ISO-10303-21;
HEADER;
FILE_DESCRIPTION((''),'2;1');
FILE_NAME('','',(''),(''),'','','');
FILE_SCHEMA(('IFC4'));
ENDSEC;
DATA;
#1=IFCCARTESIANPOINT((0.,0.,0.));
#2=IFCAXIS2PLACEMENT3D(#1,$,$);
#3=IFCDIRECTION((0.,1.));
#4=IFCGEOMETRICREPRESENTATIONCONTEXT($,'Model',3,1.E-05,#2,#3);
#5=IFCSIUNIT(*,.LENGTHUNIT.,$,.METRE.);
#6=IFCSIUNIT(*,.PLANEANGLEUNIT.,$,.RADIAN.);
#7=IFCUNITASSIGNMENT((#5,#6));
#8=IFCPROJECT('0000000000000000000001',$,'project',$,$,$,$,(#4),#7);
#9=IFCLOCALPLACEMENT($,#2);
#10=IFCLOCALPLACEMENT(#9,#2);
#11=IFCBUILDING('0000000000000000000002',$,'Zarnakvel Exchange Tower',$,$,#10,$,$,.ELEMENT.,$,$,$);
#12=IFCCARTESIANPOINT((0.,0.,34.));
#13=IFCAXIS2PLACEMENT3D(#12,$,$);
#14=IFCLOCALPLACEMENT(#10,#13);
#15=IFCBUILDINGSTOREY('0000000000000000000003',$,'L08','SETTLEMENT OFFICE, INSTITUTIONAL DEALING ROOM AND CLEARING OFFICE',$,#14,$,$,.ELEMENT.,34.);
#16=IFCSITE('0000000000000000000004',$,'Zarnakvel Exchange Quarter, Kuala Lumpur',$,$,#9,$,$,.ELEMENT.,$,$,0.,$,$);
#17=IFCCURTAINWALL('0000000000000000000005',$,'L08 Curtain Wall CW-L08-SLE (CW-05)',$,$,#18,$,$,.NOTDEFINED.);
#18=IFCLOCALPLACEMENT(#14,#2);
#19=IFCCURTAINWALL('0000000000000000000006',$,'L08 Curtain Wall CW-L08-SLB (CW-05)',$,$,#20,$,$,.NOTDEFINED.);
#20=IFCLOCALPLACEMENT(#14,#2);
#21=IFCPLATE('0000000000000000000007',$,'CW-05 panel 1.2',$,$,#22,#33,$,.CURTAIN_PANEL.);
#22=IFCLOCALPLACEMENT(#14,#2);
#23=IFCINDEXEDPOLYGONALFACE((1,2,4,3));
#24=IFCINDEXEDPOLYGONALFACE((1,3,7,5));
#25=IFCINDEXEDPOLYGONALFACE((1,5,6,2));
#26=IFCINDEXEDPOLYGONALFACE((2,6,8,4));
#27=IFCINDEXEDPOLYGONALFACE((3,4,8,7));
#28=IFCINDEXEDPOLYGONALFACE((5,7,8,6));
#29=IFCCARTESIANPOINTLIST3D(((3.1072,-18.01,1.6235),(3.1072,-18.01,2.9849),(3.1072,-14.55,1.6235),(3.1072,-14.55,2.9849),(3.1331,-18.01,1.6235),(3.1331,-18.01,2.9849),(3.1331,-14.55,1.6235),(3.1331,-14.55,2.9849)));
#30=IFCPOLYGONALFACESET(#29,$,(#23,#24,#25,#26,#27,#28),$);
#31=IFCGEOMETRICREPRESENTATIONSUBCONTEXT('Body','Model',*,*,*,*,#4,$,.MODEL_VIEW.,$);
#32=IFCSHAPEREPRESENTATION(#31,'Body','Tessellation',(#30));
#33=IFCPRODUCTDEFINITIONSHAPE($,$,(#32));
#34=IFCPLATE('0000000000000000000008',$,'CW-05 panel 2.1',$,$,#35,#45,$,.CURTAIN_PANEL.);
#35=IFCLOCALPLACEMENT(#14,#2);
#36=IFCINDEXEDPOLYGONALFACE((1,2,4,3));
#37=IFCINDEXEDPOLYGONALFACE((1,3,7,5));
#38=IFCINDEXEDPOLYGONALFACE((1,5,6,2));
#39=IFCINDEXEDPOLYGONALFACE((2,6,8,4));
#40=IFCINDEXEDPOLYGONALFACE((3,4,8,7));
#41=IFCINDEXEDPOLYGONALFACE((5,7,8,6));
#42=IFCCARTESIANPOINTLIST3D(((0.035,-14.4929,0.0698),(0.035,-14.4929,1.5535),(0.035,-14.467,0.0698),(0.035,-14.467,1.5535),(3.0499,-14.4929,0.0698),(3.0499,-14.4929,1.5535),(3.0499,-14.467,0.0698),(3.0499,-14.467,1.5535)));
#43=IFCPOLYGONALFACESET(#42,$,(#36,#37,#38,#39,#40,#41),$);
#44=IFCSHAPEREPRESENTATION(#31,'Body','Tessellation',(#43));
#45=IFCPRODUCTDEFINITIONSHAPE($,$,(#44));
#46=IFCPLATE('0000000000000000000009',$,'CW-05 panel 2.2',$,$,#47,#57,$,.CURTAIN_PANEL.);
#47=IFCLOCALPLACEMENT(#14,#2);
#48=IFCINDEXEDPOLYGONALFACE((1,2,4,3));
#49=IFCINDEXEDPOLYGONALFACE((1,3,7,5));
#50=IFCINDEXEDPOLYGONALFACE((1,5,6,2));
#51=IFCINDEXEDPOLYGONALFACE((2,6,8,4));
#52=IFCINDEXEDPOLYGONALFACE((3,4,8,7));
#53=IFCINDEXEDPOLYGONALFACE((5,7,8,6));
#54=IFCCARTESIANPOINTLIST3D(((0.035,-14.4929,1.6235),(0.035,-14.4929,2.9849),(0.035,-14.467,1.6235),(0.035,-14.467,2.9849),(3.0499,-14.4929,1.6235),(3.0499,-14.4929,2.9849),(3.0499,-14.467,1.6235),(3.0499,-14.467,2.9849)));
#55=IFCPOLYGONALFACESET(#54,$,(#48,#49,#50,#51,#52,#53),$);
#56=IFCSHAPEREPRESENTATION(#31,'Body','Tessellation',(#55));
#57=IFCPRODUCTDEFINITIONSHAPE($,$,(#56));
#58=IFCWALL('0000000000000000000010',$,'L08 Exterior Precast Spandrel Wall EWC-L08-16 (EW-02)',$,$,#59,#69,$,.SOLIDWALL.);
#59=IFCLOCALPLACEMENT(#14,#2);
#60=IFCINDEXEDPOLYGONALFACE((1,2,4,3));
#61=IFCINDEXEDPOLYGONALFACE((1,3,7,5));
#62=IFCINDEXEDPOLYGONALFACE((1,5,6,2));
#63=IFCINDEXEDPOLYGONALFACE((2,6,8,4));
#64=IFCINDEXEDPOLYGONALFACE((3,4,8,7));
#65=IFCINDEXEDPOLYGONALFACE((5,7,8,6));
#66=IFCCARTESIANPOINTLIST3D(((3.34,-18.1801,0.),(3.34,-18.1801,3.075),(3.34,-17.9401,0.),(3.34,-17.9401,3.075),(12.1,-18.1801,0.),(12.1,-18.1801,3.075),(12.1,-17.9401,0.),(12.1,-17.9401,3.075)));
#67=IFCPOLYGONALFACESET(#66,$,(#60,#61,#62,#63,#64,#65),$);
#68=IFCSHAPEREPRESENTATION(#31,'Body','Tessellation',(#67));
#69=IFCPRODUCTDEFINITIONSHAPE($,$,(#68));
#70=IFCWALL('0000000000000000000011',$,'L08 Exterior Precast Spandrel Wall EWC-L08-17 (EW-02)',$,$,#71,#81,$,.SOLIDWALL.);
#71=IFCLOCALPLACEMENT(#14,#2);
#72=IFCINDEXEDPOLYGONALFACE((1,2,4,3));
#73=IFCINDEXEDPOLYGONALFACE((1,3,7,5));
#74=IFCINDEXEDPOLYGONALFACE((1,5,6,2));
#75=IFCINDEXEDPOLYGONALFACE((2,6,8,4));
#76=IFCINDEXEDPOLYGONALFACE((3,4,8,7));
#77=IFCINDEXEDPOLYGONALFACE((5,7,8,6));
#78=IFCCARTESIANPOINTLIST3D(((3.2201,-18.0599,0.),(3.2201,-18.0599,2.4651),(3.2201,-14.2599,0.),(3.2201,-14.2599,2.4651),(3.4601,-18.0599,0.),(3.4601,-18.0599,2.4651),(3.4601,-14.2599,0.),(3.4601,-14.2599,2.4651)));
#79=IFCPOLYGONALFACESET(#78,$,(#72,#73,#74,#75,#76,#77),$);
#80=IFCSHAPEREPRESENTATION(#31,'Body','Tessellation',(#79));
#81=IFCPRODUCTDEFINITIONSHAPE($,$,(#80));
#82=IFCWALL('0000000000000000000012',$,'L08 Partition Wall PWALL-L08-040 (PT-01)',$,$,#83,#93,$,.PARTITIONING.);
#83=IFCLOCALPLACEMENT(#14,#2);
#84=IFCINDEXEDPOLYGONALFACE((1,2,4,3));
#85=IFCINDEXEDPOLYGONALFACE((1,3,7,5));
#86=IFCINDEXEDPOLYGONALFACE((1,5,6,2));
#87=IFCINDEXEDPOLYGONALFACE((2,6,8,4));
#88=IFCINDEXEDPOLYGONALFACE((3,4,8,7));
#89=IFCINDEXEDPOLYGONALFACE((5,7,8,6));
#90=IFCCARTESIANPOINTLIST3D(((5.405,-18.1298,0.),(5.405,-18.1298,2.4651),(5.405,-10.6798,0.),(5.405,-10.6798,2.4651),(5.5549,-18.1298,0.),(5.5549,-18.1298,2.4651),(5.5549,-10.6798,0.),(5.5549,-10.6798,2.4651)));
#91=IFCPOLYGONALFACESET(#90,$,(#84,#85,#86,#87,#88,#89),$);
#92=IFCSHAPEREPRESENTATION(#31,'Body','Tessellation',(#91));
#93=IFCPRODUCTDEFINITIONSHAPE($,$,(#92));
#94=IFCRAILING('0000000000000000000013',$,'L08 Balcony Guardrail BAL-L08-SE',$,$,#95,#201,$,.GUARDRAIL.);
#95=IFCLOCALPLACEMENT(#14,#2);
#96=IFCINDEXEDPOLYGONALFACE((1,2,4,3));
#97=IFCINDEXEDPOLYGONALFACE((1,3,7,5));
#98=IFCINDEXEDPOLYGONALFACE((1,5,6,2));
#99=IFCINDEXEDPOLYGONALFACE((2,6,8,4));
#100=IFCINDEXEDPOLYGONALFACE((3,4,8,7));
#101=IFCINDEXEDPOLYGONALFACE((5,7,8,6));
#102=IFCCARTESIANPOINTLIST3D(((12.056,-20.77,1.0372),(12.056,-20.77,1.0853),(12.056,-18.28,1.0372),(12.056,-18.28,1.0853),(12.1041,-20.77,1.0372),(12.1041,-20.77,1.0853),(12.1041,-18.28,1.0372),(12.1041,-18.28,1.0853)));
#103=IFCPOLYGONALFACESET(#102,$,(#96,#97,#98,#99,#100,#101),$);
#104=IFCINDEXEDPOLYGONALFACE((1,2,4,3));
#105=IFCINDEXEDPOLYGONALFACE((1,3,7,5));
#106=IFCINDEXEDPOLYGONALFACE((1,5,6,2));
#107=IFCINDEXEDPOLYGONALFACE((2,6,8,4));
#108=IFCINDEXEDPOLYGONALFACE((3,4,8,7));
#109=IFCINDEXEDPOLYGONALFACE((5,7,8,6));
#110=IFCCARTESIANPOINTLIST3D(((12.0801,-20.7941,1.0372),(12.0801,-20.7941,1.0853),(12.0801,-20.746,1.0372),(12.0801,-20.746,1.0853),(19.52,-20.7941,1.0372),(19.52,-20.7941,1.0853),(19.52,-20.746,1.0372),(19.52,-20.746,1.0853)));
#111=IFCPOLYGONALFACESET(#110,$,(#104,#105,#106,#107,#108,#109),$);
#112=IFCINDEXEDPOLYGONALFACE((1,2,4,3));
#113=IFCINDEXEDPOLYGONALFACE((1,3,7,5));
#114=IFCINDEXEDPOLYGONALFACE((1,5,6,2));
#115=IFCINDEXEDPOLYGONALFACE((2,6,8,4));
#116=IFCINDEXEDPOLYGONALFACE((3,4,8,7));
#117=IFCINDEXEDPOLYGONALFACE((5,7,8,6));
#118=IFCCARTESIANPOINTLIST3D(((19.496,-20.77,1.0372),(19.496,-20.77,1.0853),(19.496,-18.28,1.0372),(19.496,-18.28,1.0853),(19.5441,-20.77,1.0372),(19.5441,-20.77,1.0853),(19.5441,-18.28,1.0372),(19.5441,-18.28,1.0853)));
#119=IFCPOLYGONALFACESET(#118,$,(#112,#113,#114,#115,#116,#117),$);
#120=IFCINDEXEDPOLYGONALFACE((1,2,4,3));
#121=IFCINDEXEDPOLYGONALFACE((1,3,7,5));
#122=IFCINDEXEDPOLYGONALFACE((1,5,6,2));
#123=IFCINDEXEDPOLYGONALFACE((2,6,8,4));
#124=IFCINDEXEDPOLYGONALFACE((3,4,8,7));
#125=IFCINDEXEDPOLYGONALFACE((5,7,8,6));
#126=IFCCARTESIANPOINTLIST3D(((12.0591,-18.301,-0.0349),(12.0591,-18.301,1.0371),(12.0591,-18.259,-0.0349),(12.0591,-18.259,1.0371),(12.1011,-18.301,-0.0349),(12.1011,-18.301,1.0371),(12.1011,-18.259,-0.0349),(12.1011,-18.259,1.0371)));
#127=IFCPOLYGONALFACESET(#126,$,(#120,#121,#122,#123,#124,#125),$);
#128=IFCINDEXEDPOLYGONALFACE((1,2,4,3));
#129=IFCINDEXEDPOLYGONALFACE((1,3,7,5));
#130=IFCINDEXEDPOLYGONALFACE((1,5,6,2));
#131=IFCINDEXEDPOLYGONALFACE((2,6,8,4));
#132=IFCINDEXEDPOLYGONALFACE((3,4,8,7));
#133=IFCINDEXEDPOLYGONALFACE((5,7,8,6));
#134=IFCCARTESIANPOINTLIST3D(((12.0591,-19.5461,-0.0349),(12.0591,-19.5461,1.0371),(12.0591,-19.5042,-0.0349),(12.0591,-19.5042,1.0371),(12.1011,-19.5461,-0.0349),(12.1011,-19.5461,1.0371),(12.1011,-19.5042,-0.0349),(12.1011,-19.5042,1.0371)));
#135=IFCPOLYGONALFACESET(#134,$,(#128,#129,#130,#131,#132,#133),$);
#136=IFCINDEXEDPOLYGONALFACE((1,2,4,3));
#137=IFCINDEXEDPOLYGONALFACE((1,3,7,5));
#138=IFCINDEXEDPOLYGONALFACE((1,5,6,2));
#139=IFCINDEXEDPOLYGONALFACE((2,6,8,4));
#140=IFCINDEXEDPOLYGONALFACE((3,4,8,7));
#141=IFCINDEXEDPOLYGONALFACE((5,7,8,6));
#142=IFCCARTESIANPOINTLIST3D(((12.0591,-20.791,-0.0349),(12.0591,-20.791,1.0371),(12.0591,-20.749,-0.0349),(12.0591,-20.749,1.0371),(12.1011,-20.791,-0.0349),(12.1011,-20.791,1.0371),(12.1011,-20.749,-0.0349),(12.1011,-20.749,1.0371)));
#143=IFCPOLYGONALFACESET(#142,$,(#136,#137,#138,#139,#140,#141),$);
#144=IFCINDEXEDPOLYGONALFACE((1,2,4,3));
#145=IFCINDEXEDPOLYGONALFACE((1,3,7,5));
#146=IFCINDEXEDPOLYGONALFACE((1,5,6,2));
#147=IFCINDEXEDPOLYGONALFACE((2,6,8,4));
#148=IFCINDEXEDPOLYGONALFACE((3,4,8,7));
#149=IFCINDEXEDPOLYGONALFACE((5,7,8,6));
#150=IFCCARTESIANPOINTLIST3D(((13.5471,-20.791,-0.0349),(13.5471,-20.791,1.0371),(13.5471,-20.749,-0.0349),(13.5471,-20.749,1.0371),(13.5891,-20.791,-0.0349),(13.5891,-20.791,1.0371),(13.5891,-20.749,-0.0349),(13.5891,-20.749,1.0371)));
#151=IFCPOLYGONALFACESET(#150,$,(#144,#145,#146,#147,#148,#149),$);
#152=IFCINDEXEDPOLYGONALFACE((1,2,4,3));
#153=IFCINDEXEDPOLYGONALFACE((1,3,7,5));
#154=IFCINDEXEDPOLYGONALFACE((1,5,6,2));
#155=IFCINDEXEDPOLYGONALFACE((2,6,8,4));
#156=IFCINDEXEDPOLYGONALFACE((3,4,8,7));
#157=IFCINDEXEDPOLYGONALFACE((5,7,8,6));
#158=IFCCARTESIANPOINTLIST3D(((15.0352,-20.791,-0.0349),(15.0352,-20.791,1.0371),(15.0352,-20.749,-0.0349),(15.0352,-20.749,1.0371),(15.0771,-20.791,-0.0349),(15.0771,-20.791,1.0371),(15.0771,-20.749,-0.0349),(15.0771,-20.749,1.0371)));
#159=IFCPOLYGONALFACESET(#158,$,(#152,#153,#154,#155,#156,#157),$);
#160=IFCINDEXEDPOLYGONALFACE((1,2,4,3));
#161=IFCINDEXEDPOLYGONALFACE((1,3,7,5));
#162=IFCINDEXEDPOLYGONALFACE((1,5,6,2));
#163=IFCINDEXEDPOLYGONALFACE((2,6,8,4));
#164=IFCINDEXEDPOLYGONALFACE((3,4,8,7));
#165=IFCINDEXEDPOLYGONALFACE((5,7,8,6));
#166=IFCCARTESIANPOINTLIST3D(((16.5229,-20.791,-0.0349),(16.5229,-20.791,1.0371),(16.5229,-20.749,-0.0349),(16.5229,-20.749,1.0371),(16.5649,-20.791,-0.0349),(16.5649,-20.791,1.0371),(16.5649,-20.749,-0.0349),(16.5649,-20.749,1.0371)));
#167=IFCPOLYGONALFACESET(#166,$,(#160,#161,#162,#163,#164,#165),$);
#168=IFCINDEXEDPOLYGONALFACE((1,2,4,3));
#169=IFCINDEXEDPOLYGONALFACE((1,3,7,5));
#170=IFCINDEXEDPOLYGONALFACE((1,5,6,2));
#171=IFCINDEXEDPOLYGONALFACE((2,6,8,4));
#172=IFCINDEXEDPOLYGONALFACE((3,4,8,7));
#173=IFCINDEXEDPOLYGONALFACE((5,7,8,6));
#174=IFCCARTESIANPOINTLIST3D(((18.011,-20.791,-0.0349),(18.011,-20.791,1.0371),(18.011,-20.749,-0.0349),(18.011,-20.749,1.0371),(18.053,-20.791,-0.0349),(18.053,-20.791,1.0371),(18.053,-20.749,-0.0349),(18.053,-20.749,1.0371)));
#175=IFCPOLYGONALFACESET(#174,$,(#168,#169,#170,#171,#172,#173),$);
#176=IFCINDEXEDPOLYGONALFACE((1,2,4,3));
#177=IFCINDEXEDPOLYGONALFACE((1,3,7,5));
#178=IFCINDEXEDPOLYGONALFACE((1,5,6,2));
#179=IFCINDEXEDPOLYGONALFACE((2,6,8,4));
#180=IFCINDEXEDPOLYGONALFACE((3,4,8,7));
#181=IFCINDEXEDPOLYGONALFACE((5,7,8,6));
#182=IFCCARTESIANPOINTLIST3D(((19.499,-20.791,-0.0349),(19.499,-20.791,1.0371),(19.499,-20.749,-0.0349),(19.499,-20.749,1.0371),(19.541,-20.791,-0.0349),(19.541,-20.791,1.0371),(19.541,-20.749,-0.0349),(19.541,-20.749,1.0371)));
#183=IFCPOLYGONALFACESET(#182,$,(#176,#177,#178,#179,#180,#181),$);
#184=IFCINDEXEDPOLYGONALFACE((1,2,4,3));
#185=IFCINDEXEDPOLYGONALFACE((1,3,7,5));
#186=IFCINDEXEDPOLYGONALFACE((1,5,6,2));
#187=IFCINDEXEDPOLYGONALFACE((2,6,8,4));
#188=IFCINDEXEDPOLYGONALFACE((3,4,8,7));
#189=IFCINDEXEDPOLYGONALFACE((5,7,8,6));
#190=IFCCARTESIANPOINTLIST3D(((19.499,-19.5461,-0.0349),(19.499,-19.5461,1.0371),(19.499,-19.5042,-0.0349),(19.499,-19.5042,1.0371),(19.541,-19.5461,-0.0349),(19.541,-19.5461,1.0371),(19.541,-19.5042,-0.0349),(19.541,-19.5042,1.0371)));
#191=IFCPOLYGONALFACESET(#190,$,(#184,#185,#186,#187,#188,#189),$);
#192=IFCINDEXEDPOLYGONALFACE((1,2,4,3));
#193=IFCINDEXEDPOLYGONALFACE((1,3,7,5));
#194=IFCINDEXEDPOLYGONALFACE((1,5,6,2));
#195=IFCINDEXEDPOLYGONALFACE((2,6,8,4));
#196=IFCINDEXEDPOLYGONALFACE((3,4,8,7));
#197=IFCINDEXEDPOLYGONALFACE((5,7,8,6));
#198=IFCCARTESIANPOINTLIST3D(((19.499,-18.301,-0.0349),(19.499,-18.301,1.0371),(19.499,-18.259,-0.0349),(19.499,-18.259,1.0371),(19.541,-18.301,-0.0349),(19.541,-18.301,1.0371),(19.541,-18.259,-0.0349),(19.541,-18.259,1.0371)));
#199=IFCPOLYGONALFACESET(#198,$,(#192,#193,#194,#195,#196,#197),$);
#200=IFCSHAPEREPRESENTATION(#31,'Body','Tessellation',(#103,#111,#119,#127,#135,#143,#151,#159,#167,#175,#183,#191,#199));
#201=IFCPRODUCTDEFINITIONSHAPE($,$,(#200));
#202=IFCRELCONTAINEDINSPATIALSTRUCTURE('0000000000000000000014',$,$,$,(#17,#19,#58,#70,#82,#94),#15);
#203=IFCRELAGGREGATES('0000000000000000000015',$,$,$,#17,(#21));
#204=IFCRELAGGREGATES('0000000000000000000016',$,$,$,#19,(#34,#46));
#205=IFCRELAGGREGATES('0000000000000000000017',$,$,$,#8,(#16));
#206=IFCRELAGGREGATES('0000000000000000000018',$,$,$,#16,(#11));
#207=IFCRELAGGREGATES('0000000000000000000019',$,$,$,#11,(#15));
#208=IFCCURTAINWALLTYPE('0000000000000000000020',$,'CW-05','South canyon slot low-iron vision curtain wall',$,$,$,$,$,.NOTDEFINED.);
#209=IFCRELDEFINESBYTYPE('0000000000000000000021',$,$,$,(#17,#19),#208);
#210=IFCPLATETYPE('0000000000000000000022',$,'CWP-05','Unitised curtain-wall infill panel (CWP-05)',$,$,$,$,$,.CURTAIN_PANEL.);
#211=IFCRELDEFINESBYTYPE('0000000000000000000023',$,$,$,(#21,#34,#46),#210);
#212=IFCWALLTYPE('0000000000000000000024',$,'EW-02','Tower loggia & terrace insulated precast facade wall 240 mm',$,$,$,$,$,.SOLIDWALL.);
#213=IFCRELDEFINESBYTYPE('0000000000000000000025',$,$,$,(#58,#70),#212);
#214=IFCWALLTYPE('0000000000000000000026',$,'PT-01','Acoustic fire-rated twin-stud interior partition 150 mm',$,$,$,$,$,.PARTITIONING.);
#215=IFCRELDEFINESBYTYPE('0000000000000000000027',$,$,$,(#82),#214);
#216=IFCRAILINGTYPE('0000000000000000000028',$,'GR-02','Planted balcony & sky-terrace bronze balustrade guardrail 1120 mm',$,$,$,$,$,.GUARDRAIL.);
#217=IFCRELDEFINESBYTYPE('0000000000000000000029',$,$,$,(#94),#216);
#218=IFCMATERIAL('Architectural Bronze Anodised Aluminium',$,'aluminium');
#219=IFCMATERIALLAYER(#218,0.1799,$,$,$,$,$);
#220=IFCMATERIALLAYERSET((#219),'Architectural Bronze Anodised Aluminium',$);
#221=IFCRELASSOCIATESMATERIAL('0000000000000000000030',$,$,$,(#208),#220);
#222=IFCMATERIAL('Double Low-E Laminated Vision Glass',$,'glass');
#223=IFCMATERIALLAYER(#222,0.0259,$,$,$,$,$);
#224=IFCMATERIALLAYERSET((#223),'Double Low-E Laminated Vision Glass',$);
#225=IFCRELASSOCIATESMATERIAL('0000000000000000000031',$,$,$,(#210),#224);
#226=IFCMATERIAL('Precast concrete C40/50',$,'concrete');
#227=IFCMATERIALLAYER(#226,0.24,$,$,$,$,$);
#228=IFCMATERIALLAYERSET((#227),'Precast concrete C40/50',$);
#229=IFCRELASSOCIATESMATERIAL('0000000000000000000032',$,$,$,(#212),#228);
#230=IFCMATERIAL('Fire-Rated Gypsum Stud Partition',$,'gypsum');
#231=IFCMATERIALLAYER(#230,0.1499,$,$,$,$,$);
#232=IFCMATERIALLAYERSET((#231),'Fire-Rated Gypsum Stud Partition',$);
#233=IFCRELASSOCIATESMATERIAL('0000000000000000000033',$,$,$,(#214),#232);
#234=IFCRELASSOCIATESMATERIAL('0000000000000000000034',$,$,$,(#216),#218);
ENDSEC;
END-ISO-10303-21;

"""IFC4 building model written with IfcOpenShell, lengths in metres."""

from ifc_helpers import new_model, si_unit, direction, frame, frame_2d, origin, origin_2d, place, context, subcontext, project, spatial, rectangle, extrude, source, transform, mapped, material, layer, layer_set, type_object, element, aggregate, save


model = new_model("IFC4")

# Units and contexts
model_context = context("Model", 3, precision=1e-05, world=origin(), true_north=direction((0.0, 1.0)))
body_context = subcontext(model_context, "Body", "Model", "MODEL_VIEW")
ifc_project = project(units=[si_unit("LENGTHUNIT", "METRE"), si_unit("PLANEANGLEUNIT", "RADIAN")], contexts=[model_context])

# Site, building, storey
site_placement = place(None, origin())
site = spatial("IfcSite", under=ifc_project, at=site_placement, Name="Zarnakvel Exchange Quarter, Kuala Lumpur", CompositionType="ELEMENT", RefElevation=0.0)
building_placement = place(site_placement, origin())
building = spatial("IfcBuilding", under=site, at=building_placement, Name="Zarnakvel Exchange Tower", CompositionType="ELEMENT")
storey_placement = place(building_placement, frame((0.0, 0.0, 34.0)))
storey = spatial("IfcBuildingStorey", under=building, at=storey_placement, Name="L08", Description="SETTLEMENT OFFICE, INSTITUTIONAL DEALING ROOM AND CLEARING OFFICE", CompositionType="ELEMENT", Elevation=34.0)

# Curtain walls
ifc_material_1 = material(Name="Architectural Bronze Anodised Aluminium", Category="aluminium")
ifc_layer_1 = layer(ifc_material_1, 0.1799)
ifc_layer_set_1 = layer_set([ifc_layer_1], Name="Architectural Bronze Anodised Aluminium")
curtain_wall_type = type_object("IfcCurtainWallType", Name="CW-05", Description="South canyon slot low-iron vision curtain wall", PredefinedType="NOTDEFINED", material=ifc_layer_set_1)
curtain_wall_1_placement = place(storey_placement, origin())
curtain_wall_1 = element("IfcCurtainWall", 1, at=curtain_wall_1_placement, inside=storey, type_object=curtain_wall_type, Name="L08 Curtain Wall CW-L08-SLE (CW-05)", PredefinedType="NOTDEFINED")
curtain_wall_2_placement = place(storey_placement, origin())
curtain_wall_2 = element("IfcCurtainWall", 2, at=curtain_wall_2_placement, inside=storey, type_object=curtain_wall_type, Name="L08 Curtain Wall CW-L08-SLB (CW-05)", PredefinedType="NOTDEFINED")

# Plates
ifc_material_2 = material(Name="Double Low-E Laminated Vision Glass", Category="glass")
ifc_layer_2 = layer(ifc_material_2, 0.0259)
ifc_layer_set_2 = layer_set([ifc_layer_2], Name="Double Low-E Laminated Vision Glass")
plate_type = type_object("IfcPlateType", Name="CWP-05", Description="Unitised curtain-wall infill panel (CWP-05)", PredefinedType="CURTAIN_PANEL", material=ifc_layer_set_2)
shared_shape_1 = source(origin(), body_context, "Body", "SweptSolid", [
    extrude(rectangle(XDim=3.46, YDim=0.0259, at=origin_2d()), origin(), (0.0, 0.0, 1.0), 1.3613),
])
plate_1_placement = place(storey_placement, frame((3.1201, -16.28, 1.6235), z_axis=(0.0, 0.0, 1.0), x_axis=(0.0, -1.0, 0.0)))
plate_1 = element("IfcPlate", 3, at=plate_1_placement, type_object=plate_type, Name="CW-05 panel 1.2", PredefinedType="CURTAIN_PANEL", context=body_context, shape_type="MappedRepresentation", body=[
    mapped(shared_shape_1, transform((0.0, 0.0, 0.0), x_axis=(1.0, 0.0, 0.0), y_axis=(0.0, 1.0, 0.0), z_axis=(0.0, 0.0, 1.0), scale=1.0)),
])
aggregate(curtain_wall_1, [plate_1])
shared_shape_2 = source(origin(), body_context, "Body", "SweptSolid", [
    extrude(rectangle(XDim=3.0149, YDim=0.0259, at=origin_2d()), origin(), (0.0, 0.0, 1.0), 1.4836),
])
plate_2_placement = place(storey_placement, frame((1.5425, -14.48, 0.0698), z_axis=(0.0, 0.0, 1.0), x_axis=(1.0, 0.0, 0.0)))
plate_2 = element("IfcPlate", 4, at=plate_2_placement, type_object=plate_type, Name="CW-05 panel 2.1", PredefinedType="CURTAIN_PANEL", context=body_context, shape_type="MappedRepresentation", body=[
    mapped(shared_shape_2, transform((0.0, 0.0, 0.0), x_axis=(1.0, 0.0, 0.0), y_axis=(0.0, 1.0, 0.0), z_axis=(0.0, 0.0, 1.0), scale=1.0)),
])
shared_shape_3 = source(origin(), body_context, "Body", "SweptSolid", [
    extrude(rectangle(XDim=3.0149, YDim=0.0259, at=origin_2d()), origin(), (0.0, 0.0, 1.0), 1.3613),
])
plate_3_placement = place(storey_placement, frame((1.5425, -14.48, 1.6235), z_axis=(0.0, 0.0, 1.0), x_axis=(1.0, 0.0, 0.0)))
plate_3 = element("IfcPlate", 5, at=plate_3_placement, type_object=plate_type, Name="CW-05 panel 2.2", PredefinedType="CURTAIN_PANEL", context=body_context, shape_type="MappedRepresentation", body=[
    mapped(shared_shape_3, transform((0.0, 0.0, 0.0), x_axis=(1.0, 0.0, 0.0), y_axis=(0.0, 1.0, 0.0), z_axis=(0.0, 0.0, 1.0), scale=1.0)),
])
aggregate(curtain_wall_2, [plate_2, plate_3])

# Walls
ifc_material_3 = material(Name="Precast concrete C40/50", Category="concrete")
ifc_layer_3 = layer(ifc_material_3, 0.24)
ifc_layer_set_3 = layer_set([ifc_layer_3], Name="Precast concrete C40/50")
wall_type_1 = type_object("IfcWallType", Name="EW-02", Description="Tower loggia & terrace insulated precast facade wall 240 mm", PredefinedType="SOLIDWALL", material=ifc_layer_set_3)
wall_1_placement = place(storey_placement, frame((3.3401, -18.0601, 0.0), z_axis=(0.0, 0.0, 1.0), x_axis=(1.0, 0.0, 0.0)))
element("IfcWall", 6, at=wall_1_placement, inside=storey, type_object=wall_type_1, Name="L08 Exterior Precast Spandrel Wall EWC-L08-16 (EW-02)", PredefinedType="SOLIDWALL", context=body_context, shape_type="SweptSolid", body=[
    extrude(rectangle(XDim=8.76, YDim=0.24, at=frame_2d((4.3799, 0.0))), origin(), (0.0, 0.0, 1.0), 3.075),
])
wall_2_placement = place(storey_placement, frame((3.3401, -14.26, 0.0), z_axis=(0.0, 0.0, 1.0), x_axis=(0.0, -1.0, 0.0)))
element("IfcWall", 7, at=wall_2_placement, inside=storey, type_object=wall_type_1, Name="L08 Exterior Precast Spandrel Wall EWC-L08-17 (EW-02)", PredefinedType="SOLIDWALL", context=body_context, shape_type="SweptSolid", body=[
    extrude(rectangle(XDim=3.8, YDim=0.24, at=frame_2d((1.8999, 0.0))), origin(), (0.0, 0.0, 1.0), 2.4651),
])
ifc_material_4 = material(Name="Fire-Rated Gypsum Stud Partition", Category="gypsum")
ifc_layer_4 = layer(ifc_material_4, 0.1499)
ifc_layer_set_4 = layer_set([ifc_layer_4], Name="Fire-Rated Gypsum Stud Partition")
wall_type_2 = type_object("IfcWallType", Name="PT-01", Description="Acoustic fire-rated twin-stud interior partition 150 mm", PredefinedType="PARTITIONING", material=ifc_layer_set_4)
wall_3_placement = place(storey_placement, frame((5.48, -18.1299, 0.0), z_axis=(0.0, 0.0, 1.0), x_axis=(0.0, 1.0, 0.0)))
element("IfcWall", 8, at=wall_3_placement, inside=storey, type_object=wall_type_2, Name="L08 Partition Wall PWALL-L08-040 (PT-01)", PredefinedType="PARTITIONING", context=body_context, shape_type="SweptSolid", body=[
    extrude(rectangle(XDim=7.45, YDim=0.1499, at=frame_2d((3.7251, 0.0))), origin(), (0.0, 0.0, 1.0), 2.4651),
])

# Railing
railing_type = type_object("IfcRailingType", Name="GR-02", Description="Planted balcony & sky-terrace bronze balustrade guardrail 1120 mm", PredefinedType="GUARDRAIL", material=ifc_material_1)
railing_placement = place(storey_placement, frame((12.0801, -18.28, -0.0349)))
element("IfcRailing", 9, at=railing_placement, inside=storey, type_object=railing_type, Name="L08 Balcony Guardrail BAL-L08-SE", PredefinedType="GUARDRAIL", context=body_context, shape_type="SweptSolid", body=[
    extrude(rectangle(XDim=0.0481, YDim=0.0481, at=origin_2d()), frame((0.0, 0.0, 1.0962), z_axis=(0.0, -1.0, 0.0), x_axis=(1.0, 0.0, 0.0)), (0.0, 0.0, 1.0), 2.49),
    extrude(rectangle(XDim=0.0481, YDim=0.0481, at=origin_2d()), frame((0.0, -2.49, 1.0962), z_axis=(1.0, 0.0, 0.0), x_axis=(0.0, 1.0, 0.0)), (0.0, 0.0, 1.0), 7.4399),
    extrude(rectangle(XDim=0.0481, YDim=0.0481, at=origin_2d()), frame((7.4399, -2.49, 1.0962), z_axis=(0.0, 1.0, 0.0), x_axis=(-1.0, 0.0, 0.0)), (0.0, 0.0, 1.0), 2.49),
    extrude(rectangle(XDim=0.042, YDim=0.042, at=origin_2d()), origin(), (0.0, 0.0, 1.0), 1.072),
    extrude(rectangle(XDim=0.042, YDim=0.042, at=origin_2d()), frame((0.0, -1.2451, 0.0)), (0.0, 0.0, 1.0), 1.072),
    extrude(rectangle(XDim=0.042, YDim=0.042, at=origin_2d()), frame((0.0, -2.49, 0.0)), (0.0, 0.0, 1.0), 1.072),
    extrude(rectangle(XDim=0.042, YDim=0.042, at=origin_2d()), frame((1.488, -2.49, 0.0)), (0.0, 0.0, 1.0), 1.072),
    extrude(rectangle(XDim=0.042, YDim=0.042, at=origin_2d()), frame((2.9761, -2.49, 0.0)), (0.0, 0.0, 1.0), 1.072),
    extrude(rectangle(XDim=0.042, YDim=0.042, at=origin_2d()), frame((4.4639, -2.49, 0.0)), (0.0, 0.0, 1.0), 1.072),
    extrude(rectangle(XDim=0.042, YDim=0.042, at=origin_2d()), frame((5.9519, -2.49, 0.0)), (0.0, 0.0, 1.0), 1.072),
    extrude(rectangle(XDim=0.042, YDim=0.042, at=origin_2d()), frame((7.4399, -2.49, 0.0)), (0.0, 0.0, 1.0), 1.072),
    extrude(rectangle(XDim=0.042, YDim=0.042, at=origin_2d()), frame((7.4399, -1.2451, 0.0)), (0.0, 0.0, 1.0), 1.072),
    extrude(rectangle(XDim=0.042, YDim=0.042, at=origin_2d()), frame((7.4399, 0.0, 0.0)), (0.0, 0.0, 1.0), 1.072),
])

save(model, "model.ifc")
